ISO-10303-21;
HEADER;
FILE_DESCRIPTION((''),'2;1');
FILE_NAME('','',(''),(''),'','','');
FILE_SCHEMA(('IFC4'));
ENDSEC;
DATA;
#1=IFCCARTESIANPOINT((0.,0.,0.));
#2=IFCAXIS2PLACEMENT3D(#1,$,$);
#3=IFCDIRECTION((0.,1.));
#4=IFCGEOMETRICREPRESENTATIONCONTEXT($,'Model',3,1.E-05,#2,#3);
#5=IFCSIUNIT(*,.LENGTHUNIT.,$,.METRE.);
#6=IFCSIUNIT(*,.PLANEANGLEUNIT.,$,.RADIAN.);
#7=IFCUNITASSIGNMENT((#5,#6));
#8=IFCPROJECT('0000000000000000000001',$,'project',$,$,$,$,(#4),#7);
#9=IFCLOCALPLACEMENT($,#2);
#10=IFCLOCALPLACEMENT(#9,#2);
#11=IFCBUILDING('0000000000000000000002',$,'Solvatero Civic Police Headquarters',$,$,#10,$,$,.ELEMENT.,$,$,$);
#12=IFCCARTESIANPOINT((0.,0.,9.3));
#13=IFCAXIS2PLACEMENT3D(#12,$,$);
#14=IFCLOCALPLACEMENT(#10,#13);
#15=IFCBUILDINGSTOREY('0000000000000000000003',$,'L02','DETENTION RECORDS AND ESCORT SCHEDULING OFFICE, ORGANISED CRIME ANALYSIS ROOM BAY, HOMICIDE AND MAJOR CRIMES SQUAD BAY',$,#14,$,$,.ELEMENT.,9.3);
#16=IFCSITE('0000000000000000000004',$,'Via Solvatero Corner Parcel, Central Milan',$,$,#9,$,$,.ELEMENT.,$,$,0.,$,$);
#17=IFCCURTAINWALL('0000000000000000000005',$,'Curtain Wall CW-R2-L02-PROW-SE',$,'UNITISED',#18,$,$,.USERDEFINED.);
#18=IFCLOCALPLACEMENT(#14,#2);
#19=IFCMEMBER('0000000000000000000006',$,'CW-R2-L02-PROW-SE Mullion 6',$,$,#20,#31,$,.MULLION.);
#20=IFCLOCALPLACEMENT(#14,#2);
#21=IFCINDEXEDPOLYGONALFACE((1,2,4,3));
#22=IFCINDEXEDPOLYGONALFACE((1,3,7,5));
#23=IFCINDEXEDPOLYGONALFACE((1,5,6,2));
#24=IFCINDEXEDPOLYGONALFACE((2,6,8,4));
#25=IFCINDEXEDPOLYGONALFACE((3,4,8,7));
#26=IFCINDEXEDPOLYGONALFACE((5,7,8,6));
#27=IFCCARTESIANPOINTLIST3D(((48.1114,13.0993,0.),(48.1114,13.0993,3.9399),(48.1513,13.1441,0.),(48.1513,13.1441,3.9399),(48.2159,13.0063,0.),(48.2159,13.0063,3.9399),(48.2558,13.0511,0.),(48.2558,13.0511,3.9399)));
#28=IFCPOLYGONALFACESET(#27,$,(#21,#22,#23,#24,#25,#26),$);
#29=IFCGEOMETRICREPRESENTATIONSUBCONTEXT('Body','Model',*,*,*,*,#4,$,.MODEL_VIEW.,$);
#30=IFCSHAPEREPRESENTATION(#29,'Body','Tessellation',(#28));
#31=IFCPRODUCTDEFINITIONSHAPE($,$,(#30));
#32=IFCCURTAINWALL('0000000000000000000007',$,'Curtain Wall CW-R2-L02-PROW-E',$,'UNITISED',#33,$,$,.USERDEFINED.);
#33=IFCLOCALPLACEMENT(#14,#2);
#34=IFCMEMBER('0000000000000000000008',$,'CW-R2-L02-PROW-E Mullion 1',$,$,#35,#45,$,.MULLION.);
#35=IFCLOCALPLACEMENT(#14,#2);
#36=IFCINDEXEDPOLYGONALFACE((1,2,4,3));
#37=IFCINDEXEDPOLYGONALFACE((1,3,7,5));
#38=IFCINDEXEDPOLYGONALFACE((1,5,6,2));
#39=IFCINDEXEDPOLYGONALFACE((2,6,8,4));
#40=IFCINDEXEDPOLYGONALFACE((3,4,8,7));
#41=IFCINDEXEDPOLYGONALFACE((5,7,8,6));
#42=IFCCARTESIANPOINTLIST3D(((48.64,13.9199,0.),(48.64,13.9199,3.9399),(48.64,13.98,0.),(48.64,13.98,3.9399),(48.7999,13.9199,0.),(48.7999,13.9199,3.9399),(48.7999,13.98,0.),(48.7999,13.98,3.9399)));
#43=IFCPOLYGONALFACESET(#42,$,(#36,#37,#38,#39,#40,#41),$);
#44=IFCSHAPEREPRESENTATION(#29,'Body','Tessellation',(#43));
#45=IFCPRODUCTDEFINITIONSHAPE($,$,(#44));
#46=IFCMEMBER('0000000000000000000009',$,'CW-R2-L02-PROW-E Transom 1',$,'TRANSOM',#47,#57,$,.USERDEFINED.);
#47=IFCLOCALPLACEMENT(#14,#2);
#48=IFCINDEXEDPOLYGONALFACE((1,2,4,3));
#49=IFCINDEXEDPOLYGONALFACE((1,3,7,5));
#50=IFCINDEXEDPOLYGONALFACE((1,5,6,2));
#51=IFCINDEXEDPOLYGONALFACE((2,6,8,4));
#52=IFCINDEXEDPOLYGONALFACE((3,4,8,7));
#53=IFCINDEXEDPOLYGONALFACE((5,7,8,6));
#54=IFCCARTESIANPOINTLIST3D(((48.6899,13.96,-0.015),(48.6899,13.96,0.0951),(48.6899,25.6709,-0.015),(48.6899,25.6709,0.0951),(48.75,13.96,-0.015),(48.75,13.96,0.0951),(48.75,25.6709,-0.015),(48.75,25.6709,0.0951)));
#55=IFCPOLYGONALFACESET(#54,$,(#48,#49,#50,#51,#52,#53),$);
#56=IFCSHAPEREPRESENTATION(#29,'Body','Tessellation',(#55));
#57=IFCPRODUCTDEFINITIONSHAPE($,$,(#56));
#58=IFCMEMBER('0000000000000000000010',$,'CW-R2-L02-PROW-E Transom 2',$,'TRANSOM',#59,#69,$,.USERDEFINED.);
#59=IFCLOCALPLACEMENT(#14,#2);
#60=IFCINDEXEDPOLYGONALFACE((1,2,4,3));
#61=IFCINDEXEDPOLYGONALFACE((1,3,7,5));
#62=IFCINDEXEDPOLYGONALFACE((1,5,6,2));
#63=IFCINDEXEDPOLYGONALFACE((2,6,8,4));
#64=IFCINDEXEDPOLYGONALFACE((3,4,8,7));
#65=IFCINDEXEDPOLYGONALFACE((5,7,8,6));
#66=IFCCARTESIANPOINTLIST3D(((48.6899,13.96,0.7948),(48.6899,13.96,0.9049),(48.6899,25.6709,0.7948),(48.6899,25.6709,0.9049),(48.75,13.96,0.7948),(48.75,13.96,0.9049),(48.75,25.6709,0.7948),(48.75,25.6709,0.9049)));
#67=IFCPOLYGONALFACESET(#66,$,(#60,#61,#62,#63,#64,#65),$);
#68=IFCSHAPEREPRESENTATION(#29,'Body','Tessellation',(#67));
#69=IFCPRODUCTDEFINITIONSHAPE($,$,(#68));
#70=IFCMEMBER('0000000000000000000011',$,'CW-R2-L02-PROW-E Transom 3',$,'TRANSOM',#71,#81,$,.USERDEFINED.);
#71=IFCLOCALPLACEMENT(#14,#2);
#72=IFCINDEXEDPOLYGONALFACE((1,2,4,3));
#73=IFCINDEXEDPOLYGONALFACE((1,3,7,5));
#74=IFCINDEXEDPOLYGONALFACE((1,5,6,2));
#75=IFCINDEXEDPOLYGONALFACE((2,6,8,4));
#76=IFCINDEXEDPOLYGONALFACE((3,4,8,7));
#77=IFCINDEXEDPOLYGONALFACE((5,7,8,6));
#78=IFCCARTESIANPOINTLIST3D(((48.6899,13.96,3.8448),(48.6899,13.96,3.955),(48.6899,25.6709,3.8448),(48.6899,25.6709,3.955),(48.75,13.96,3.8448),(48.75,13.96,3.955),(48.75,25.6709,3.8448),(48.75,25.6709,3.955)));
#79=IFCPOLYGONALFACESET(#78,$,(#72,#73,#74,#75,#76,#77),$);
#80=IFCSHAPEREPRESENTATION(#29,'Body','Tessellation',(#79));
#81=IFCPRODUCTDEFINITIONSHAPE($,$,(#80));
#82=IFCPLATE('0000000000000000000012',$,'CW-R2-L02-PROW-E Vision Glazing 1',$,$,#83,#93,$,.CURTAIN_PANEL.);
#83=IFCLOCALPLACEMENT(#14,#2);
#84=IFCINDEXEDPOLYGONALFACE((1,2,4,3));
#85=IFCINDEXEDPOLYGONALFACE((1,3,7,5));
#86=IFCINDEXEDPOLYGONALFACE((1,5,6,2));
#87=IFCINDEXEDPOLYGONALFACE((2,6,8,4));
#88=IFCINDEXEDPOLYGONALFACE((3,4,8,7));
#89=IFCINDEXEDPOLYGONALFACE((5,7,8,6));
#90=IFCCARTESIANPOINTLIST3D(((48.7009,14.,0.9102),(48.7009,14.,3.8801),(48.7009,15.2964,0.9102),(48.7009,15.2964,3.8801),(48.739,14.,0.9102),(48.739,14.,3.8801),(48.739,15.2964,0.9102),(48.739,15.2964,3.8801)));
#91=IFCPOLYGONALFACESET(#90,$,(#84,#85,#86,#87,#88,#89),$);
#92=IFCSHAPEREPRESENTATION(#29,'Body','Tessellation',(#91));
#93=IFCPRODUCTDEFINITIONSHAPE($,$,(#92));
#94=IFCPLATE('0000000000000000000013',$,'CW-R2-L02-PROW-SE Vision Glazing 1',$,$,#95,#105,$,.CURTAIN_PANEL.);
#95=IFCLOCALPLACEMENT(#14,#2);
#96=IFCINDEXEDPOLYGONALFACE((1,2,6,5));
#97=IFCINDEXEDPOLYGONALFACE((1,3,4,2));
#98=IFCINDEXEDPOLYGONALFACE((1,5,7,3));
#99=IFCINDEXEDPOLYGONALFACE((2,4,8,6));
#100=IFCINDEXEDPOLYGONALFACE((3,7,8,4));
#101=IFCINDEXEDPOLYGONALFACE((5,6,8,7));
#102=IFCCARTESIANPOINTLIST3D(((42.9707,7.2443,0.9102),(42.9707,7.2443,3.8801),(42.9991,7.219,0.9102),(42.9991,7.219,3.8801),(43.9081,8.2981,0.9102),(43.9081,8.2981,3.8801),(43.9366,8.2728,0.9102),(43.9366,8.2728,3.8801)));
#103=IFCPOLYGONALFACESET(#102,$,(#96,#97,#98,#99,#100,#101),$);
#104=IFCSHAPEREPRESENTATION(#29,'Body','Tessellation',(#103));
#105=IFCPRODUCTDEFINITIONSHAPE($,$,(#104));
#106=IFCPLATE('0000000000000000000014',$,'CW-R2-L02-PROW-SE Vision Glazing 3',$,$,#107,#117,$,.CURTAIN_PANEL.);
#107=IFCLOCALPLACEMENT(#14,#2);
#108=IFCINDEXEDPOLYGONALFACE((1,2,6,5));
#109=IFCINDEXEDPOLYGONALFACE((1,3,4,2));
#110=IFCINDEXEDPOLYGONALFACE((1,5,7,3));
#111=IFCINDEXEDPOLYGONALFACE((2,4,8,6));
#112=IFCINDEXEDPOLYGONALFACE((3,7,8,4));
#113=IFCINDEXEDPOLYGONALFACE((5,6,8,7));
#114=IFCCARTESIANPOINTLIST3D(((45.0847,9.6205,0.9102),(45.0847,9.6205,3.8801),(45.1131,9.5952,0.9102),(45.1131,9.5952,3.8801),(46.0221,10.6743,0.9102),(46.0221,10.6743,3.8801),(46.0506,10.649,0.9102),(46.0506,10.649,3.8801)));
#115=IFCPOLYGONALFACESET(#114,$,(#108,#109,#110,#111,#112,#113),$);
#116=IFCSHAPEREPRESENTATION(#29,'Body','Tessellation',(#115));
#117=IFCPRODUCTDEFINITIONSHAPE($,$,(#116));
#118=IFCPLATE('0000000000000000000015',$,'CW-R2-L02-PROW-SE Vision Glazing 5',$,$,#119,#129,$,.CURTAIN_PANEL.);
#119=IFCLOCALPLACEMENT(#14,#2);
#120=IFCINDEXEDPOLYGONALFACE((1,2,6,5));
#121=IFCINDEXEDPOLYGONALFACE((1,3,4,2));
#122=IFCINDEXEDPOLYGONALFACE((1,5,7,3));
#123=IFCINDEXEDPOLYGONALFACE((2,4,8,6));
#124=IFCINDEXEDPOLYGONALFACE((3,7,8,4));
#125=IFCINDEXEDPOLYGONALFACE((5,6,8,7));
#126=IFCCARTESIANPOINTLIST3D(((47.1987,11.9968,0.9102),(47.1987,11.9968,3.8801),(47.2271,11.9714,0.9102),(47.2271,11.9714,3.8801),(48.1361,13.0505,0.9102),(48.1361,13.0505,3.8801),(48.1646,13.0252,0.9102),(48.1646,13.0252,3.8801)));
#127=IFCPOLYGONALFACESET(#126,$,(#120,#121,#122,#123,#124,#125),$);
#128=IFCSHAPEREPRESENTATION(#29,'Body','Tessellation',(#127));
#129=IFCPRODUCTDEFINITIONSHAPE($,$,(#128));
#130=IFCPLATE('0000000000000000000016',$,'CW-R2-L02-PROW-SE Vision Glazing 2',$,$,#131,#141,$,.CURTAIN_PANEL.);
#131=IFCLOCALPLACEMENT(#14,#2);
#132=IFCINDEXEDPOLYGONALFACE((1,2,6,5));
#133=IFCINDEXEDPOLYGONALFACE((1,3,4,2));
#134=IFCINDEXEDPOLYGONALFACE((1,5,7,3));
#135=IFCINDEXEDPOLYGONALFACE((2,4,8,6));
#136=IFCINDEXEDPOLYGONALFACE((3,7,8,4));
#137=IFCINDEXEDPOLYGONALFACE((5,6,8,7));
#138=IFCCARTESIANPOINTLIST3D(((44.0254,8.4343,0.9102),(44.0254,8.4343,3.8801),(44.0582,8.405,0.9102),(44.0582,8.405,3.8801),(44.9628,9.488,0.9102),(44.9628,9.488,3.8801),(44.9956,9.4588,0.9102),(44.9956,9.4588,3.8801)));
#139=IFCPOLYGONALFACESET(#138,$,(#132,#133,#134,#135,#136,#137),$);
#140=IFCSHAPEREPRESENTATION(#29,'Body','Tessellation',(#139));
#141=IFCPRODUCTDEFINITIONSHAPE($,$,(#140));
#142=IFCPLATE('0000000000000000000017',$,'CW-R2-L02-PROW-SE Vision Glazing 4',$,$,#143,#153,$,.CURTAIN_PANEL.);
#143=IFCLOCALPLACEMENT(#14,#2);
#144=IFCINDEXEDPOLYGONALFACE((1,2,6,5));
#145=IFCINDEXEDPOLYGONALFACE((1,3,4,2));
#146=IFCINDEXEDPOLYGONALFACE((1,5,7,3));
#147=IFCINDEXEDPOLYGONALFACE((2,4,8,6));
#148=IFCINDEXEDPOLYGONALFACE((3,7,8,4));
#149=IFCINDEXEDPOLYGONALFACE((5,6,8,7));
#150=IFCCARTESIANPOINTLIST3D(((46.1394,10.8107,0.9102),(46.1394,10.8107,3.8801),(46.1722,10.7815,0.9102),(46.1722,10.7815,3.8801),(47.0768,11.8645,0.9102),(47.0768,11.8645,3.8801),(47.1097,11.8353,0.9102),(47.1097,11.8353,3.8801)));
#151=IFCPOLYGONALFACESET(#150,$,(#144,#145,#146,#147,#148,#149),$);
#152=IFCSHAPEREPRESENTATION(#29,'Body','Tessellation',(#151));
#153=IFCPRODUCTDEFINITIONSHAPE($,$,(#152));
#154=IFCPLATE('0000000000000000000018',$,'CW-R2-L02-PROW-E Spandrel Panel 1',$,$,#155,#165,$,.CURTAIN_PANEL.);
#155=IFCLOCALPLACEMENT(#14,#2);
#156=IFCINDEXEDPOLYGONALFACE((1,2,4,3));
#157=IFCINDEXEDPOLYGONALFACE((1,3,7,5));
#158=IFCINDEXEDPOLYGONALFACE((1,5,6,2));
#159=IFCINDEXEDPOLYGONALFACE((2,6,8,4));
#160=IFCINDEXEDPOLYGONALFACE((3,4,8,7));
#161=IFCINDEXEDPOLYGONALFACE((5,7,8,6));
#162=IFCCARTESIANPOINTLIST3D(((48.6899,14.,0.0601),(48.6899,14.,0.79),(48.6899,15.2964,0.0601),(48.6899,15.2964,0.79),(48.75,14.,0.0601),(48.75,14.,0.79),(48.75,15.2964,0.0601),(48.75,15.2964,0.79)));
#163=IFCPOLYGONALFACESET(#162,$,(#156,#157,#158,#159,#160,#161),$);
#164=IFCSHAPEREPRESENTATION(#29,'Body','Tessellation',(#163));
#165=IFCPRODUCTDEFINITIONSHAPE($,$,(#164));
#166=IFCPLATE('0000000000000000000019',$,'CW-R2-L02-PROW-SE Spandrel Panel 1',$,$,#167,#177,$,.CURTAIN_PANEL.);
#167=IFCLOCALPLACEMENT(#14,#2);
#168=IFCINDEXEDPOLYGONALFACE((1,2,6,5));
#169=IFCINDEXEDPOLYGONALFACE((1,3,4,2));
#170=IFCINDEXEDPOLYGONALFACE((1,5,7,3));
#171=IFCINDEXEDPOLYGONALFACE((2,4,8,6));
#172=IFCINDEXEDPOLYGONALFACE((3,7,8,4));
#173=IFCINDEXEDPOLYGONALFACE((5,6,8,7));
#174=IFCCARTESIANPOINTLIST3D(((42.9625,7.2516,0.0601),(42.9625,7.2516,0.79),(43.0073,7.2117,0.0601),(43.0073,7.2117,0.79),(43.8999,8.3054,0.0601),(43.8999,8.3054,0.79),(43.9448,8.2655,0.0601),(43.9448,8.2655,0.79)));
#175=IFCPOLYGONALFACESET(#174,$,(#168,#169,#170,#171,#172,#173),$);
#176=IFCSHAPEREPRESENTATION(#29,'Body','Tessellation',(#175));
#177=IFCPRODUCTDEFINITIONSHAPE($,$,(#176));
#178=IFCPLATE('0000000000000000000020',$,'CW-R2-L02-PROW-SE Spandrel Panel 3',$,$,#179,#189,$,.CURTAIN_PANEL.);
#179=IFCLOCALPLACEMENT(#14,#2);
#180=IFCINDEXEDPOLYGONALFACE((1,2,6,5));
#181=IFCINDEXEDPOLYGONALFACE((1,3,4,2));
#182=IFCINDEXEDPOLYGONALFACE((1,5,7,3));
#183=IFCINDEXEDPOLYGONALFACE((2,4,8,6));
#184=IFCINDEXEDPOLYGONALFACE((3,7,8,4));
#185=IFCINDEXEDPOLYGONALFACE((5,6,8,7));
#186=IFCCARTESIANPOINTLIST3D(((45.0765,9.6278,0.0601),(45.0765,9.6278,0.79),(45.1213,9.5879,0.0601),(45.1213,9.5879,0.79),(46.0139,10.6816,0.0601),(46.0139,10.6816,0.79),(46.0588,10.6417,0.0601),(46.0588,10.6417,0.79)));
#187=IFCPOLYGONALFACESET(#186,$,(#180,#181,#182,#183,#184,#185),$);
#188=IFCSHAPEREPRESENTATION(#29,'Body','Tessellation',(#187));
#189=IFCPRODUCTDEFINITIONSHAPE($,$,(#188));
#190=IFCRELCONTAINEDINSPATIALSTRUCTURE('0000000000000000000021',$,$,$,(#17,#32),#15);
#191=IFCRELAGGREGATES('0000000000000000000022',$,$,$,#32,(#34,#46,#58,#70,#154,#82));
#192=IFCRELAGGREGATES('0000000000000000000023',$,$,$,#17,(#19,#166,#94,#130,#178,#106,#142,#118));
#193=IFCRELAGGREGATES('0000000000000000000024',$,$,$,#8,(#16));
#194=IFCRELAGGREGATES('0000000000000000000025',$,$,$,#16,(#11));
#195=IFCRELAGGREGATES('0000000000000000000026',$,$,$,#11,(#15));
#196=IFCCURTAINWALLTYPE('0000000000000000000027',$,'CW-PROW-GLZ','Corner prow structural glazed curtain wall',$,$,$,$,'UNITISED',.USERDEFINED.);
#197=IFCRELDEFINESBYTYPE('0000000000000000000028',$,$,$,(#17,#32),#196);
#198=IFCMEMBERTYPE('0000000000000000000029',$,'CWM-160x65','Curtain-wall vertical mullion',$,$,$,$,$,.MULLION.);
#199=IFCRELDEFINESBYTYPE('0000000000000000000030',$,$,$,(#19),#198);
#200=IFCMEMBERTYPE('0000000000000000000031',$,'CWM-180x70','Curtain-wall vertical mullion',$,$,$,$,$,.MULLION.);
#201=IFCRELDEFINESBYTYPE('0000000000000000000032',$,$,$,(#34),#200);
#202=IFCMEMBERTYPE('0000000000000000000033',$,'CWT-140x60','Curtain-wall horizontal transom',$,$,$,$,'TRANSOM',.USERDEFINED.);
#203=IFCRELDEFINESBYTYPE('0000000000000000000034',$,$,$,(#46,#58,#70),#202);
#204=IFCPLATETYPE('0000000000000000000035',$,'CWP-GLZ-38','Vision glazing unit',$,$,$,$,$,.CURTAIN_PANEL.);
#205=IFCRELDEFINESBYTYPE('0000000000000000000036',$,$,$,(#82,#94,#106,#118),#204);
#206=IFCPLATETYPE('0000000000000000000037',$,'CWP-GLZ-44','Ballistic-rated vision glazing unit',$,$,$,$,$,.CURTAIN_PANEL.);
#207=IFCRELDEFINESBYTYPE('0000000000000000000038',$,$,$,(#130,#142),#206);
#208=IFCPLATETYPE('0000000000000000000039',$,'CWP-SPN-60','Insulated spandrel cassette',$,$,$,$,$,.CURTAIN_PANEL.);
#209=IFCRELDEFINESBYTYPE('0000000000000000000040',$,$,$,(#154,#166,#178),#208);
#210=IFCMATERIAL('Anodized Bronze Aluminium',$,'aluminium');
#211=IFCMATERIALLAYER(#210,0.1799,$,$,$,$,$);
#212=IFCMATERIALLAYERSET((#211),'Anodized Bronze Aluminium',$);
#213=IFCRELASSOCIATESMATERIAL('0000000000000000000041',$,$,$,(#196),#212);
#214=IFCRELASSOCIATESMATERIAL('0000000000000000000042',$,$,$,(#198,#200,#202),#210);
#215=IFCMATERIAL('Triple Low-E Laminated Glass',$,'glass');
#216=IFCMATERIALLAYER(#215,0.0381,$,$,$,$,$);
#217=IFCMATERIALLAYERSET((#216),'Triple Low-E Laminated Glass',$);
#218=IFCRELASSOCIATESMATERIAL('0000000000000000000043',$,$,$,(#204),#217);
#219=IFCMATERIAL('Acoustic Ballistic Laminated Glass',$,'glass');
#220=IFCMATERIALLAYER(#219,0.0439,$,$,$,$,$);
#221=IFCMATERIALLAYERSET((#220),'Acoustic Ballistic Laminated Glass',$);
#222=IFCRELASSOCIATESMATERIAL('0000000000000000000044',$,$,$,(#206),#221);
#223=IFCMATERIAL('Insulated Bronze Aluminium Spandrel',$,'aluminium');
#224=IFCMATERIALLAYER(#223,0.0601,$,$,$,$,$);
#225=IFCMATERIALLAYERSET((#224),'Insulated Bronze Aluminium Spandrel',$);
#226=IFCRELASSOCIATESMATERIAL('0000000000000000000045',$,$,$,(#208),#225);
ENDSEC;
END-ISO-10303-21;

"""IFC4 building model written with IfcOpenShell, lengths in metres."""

from ifc_helpers import new_model, si_unit, direction, frame, origin, origin_2d, place, context, subcontext, project, spatial, rectangle, extrude, material, layer, layer_set, material_profile, profile_set, type_object, element, aggregate, save


model = new_model("IFC4")

# Units and contexts
model_context = context("Model", 3, precision=1e-05, world=origin(), true_north=direction((0.0, 1.0)))
body_context = subcontext(model_context, "Body", "Model", "MODEL_VIEW")
ifc_project = project(units=[si_unit("LENGTHUNIT", "METRE"), si_unit("PLANEANGLEUNIT", "RADIAN")], contexts=[model_context])

# Site, building, storey
site_placement = place(None, origin())
site = spatial("IfcSite", under=ifc_project, at=site_placement, Name="Via Solvatero Corner Parcel, Central Milan", CompositionType="ELEMENT", RefElevation=0.0)
building_placement = place(site_placement, origin())
building = spatial("IfcBuilding", under=site, at=building_placement, Name="Solvatero Civic Police Headquarters", CompositionType="ELEMENT")
storey_placement = place(building_placement, frame((0.0, 0.0, 9.3)))
storey = spatial("IfcBuildingStorey", under=building, at=storey_placement, Name="L02", Description="DETENTION RECORDS AND ESCORT SCHEDULING OFFICE, ORGANISED CRIME ANALYSIS ROOM BAY, HOMICIDE AND MAJOR CRIMES SQUAD BAY", CompositionType="ELEMENT", Elevation=9.3)

# Curtain wall, member
ifc_material_1 = material(Name="Anodized Bronze Aluminium", Category="aluminium")
ifc_layer_1 = layer(ifc_material_1, 0.1799)
ifc_layer_set_1 = layer_set([ifc_layer_1], Name="Anodized Bronze Aluminium")
curtain_wall_type = type_object("IfcCurtainWallType", Name="CW-PROW-GLZ", Description="Corner prow structural glazed curtain wall", ElementType="UNITISED", PredefinedType="USERDEFINED", material=ifc_layer_set_1)
curtain_wall_1_placement = place(storey_placement, origin())
curtain_wall_1 = element("IfcCurtainWall", 1, at=curtain_wall_1_placement, inside=storey, type_object=curtain_wall_type, Name="Curtain Wall CW-R2-L02-PROW-SE", ObjectType="UNITISED", PredefinedType="USERDEFINED")
ifc_material_profile_1 = material_profile(ifc_material_1, rectangle(XDim=0.0601, YDim=0.1399, at=origin_2d()), Name="ALU MULLION 60x140")
ifc_profile_set_1 = profile_set([ifc_material_profile_1], Name="Anodized Bronze Aluminium")
member_type_1 = type_object("IfcMemberType", Name="CWM-160x65", Description="Curtain-wall vertical mullion", PredefinedType="MULLION", material=ifc_profile_set_1)
member_1_placement = place(storey_placement, frame((48.1836, 13.0752, 0.0), z_axis=(0.0, 0.0, 1.0), x_axis=(0.66467, 0.747137, 0.0)))
member_1 = element("IfcMember", 2, at=member_1_placement, type_object=member_type_1, Name="CW-R2-L02-PROW-SE Mullion 6", PredefinedType="MULLION", context=body_context, shape_type="SweptSolid", body=[
    extrude(rectangle(XDim=0.0601, YDim=0.1399, at=origin_2d()), origin(), (0.0, 0.0, 1.0), 3.9399),
])

# Curtain wall, members, plate
curtain_wall_2_placement = place(storey_placement, origin())
curtain_wall_2 = element("IfcCurtainWall", 3, at=curtain_wall_2_placement, inside=storey, type_object=curtain_wall_type, Name="Curtain Wall CW-R2-L02-PROW-E", ObjectType="UNITISED", PredefinedType="USERDEFINED")
ifc_material_profile_2 = material_profile(ifc_material_1, rectangle(XDim=0.0601, YDim=0.1599, at=origin_2d()), Name="ALU MULLION 60x160")
ifc_profile_set_2 = profile_set([ifc_material_profile_2], Name="Anodized Bronze Aluminium")
member_type_2 = type_object("IfcMemberType", Name="CWM-180x70", Description="Curtain-wall vertical mullion", PredefinedType="MULLION", material=ifc_profile_set_2)
member_2_placement = place(storey_placement, frame((48.72, 13.95, 0.0), z_axis=(0.0, 0.0, 1.0), x_axis=(0.0, 1.0, 0.0)))
member_2 = element("IfcMember", 4, at=member_2_placement, type_object=member_type_2, Name="CW-R2-L02-PROW-E Mullion 1", PredefinedType="MULLION", context=body_context, shape_type="SweptSolid", body=[
    extrude(rectangle(XDim=0.0601, YDim=0.1599, at=origin_2d()), origin(), (0.0, 0.0, 1.0), 3.9399),
])
ifc_material_profile_3 = material_profile(ifc_material_1, rectangle(XDim=0.0601, YDim=0.1101, at=origin_2d()), Name="ALU TRANSOM 60x110")
ifc_profile_set_3 = profile_set([ifc_material_profile_3], Name="Anodized Bronze Aluminium")
member_type_3 = type_object("IfcMemberType", Name="CWT-140x60", Description="Curtain-wall horizontal transom", ElementType="TRANSOM", PredefinedType="USERDEFINED", material=ifc_profile_set_3)
member_3_placement = place(storey_placement, frame((48.72, 13.96, 0.04), z_axis=(0.0, 1.0, 0.0), x_axis=(-1.0, 0.0, 0.0)))
member_3 = element("IfcMember", 5, at=member_3_placement, type_object=member_type_3, Name="CW-R2-L02-PROW-E Transom 1", ObjectType="TRANSOM", PredefinedType="USERDEFINED", context=body_context, shape_type="SweptSolid", body=[
    extrude(rectangle(XDim=0.0601, YDim=0.1101, at=origin_2d()), origin(), (0.0, 0.0, 1.0), 11.7109),
])
member_4_placement = place(storey_placement, frame((48.72, 13.96, 0.8499), z_axis=(0.0, 1.0, 0.0), x_axis=(-1.0, 0.0, 0.0)))
member_4 = element("IfcMember", 6, at=member_4_placement, type_object=member_type_3, Name="CW-R2-L02-PROW-E Transom 2", ObjectType="TRANSOM", PredefinedType="USERDEFINED", context=body_context, shape_type="SweptSolid", body=[
    extrude(rectangle(XDim=0.0601, YDim=0.1101, at=origin_2d()), origin(), (0.0, 0.0, 1.0), 11.7109),
])
member_5_placement = place(storey_placement, frame((48.72, 13.96, 3.8999), z_axis=(0.0, 1.0, 0.0), x_axis=(-1.0, 0.0, 0.0)))
member_5 = element("IfcMember", 7, at=member_5_placement, type_object=member_type_3, Name="CW-R2-L02-PROW-E Transom 3", ObjectType="TRANSOM", PredefinedType="USERDEFINED", context=body_context, shape_type="SweptSolid", body=[
    extrude(rectangle(XDim=0.0601, YDim=0.1101, at=origin_2d()), origin(), (0.0, 0.0, 1.0), 11.7109),
])
ifc_material_2 = material(Name="Triple Low-E Laminated Glass", Category="glass")
ifc_layer_2 = layer(ifc_material_2, 0.0381)
ifc_layer_set_2 = layer_set([ifc_layer_2], Name="Triple Low-E Laminated Glass")
plate_type_1 = type_object("IfcPlateType", Name="CWP-GLZ-38", Description="Vision glazing unit", PredefinedType="CURTAIN_PANEL", material=ifc_layer_set_2)
plate_1_placement = place(storey_placement, frame((48.72, 14.6482, 0.9102), z_axis=(0.0, 0.0, 1.0), x_axis=(0.0, 1.0, 0.0)))
plate_1 = element("IfcPlate", 8, at=plate_1_placement, type_object=plate_type_1, Name="CW-R2-L02-PROW-E Vision Glazing 1", PredefinedType="CURTAIN_PANEL", context=body_context, shape_type="SweptSolid", body=[
    extrude(rectangle(XDim=1.2964, YDim=0.0381, at=origin_2d()), origin(), (0.0, 0.0, 1.0), 2.97),
])

# Plates
plate_2_placement = place(storey_placement, frame((43.4536, 7.7585, 0.9102), z_axis=(0.0, 0.0, 1.0), x_axis=(0.66467, 0.747137, 0.0)))
plate_2 = element("IfcPlate", 9, at=plate_2_placement, type_object=plate_type_1, Name="CW-R2-L02-PROW-SE Vision Glazing 1", PredefinedType="CURTAIN_PANEL", context=body_context, shape_type="SweptSolid", body=[
    extrude(rectangle(XDim=1.4104, YDim=0.0381, at=origin_2d()), origin(), (0.0, 0.0, 1.0), 2.97),
])
plate_3_placement = place(storey_placement, frame((45.5676, 10.1348, 0.9102), z_axis=(0.0, 0.0, 1.0), x_axis=(0.66467, 0.747137, 0.0)))
plate_3 = element("IfcPlate", 10, at=plate_3_placement, type_object=plate_type_1, Name="CW-R2-L02-PROW-SE Vision Glazing 3", PredefinedType="CURTAIN_PANEL", context=body_context, shape_type="SweptSolid", body=[
    extrude(rectangle(XDim=1.4104, YDim=0.0381, at=origin_2d()), origin(), (0.0, 0.0, 1.0), 2.97),
])
plate_4_placement = place(storey_placement, frame((47.6816, 12.511, 0.9102), z_axis=(0.0, 0.0, 1.0), x_axis=(0.66467, 0.747137, 0.0)))
plate_4 = element("IfcPlate", 11, at=plate_4_placement, type_object=plate_type_1, Name="CW-R2-L02-PROW-SE Vision Glazing 5", PredefinedType="CURTAIN_PANEL", context=body_context, shape_type="SweptSolid", body=[
    extrude(rectangle(XDim=1.4104, YDim=0.0381, at=origin_2d()), origin(), (0.0, 0.0, 1.0), 2.97),
])
ifc_material_3 = material(Name="Acoustic Ballistic Laminated Glass", Category="glass")
ifc_layer_3 = layer(ifc_material_3, 0.0439)
ifc_layer_set_3 = layer_set([ifc_layer_3], Name="Acoustic Ballistic Laminated Glass")
plate_type_2 = type_object("IfcPlateType", Name="CWP-GLZ-44", Description="Ballistic-rated vision glazing unit", PredefinedType="CURTAIN_PANEL", material=ifc_layer_set_3)
plate_5_placement = place(storey_placement, frame((44.5105, 8.9465, 0.9102), z_axis=(0.0, 0.0, 1.0), x_axis=(0.66467, 0.747137, 0.0)))
plate_5 = element("IfcPlate", 12, at=plate_5_placement, type_object=plate_type_2, Name="CW-R2-L02-PROW-SE Vision Glazing 2", PredefinedType="CURTAIN_PANEL", context=body_context, shape_type="SweptSolid", body=[
    extrude(rectangle(XDim=1.4104, YDim=0.0439, at=origin_2d()), origin(), (0.0, 0.0, 1.0), 2.97),
])
plate_6_placement = place(storey_placement, frame((46.6245, 11.323, 0.9102), z_axis=(0.0, 0.0, 1.0), x_axis=(0.66467, 0.747137, 0.0)))
plate_6 = element("IfcPlate", 13, at=plate_6_placement, type_object=plate_type_2, Name="CW-R2-L02-PROW-SE Vision Glazing 4", PredefinedType="CURTAIN_PANEL", context=body_context, shape_type="SweptSolid", body=[
    extrude(rectangle(XDim=1.4104, YDim=0.0439, at=origin_2d()), origin(), (0.0, 0.0, 1.0), 2.97),
])
ifc_material_4 = material(Name="Insulated Bronze Aluminium Spandrel", Category="aluminium")
ifc_layer_4 = layer(ifc_material_4, 0.0601)
ifc_layer_set_4 = layer_set([ifc_layer_4], Name="Insulated Bronze Aluminium Spandrel")
plate_type_3 = type_object("IfcPlateType", Name="CWP-SPN-60", Description="Insulated spandrel cassette", PredefinedType="CURTAIN_PANEL", material=ifc_layer_set_4)
plate_7_placement = place(storey_placement, frame((48.72, 14.6482, 0.0601), z_axis=(0.0, 0.0, 1.0), x_axis=(0.0, 1.0, 0.0)))
plate_7 = element("IfcPlate", 14, at=plate_7_placement, type_object=plate_type_3, Name="CW-R2-L02-PROW-E Spandrel Panel 1", PredefinedType="CURTAIN_PANEL", context=body_context, shape_type="SweptSolid", body=[
    extrude(rectangle(XDim=1.2964, YDim=0.0601, at=origin_2d()), origin(), (0.0, 0.0, 1.0), 0.73),
])
aggregate(curtain_wall_2, [member_2, member_3, member_4, member_5, plate_7, plate_1])
plate_8_placement = place(storey_placement, frame((43.4536, 7.7585, 0.0601), z_axis=(0.0, 0.0, 1.0), x_axis=(0.66467, 0.747137, 0.0)))
plate_8 = element("IfcPlate", 15, at=plate_8_placement, type_object=plate_type_3, Name="CW-R2-L02-PROW-SE Spandrel Panel 1", PredefinedType="CURTAIN_PANEL", context=body_context, shape_type="SweptSolid", body=[
    extrude(rectangle(XDim=1.4104, YDim=0.0601, at=origin_2d()), origin(), (0.0, 0.0, 1.0), 0.73),
])
plate_9_placement = place(storey_placement, frame((45.5676, 10.1348, 0.0601), z_axis=(0.0, 0.0, 1.0), x_axis=(0.66467, 0.747137, 0.0)))
plate_9 = element("IfcPlate", 16, at=plate_9_placement, type_object=plate_type_3, Name="CW-R2-L02-PROW-SE Spandrel Panel 3", PredefinedType="CURTAIN_PANEL", context=body_context, shape_type="SweptSolid", body=[
    extrude(rectangle(XDim=1.4104, YDim=0.0601, at=origin_2d()), origin(), (0.0, 0.0, 1.0), 0.73),
])
aggregate(curtain_wall_1, [member_1, plate_8, plate_2, plate_5, plate_9, plate_3, plate_6, plate_4])

save(model, "model.ifc")
